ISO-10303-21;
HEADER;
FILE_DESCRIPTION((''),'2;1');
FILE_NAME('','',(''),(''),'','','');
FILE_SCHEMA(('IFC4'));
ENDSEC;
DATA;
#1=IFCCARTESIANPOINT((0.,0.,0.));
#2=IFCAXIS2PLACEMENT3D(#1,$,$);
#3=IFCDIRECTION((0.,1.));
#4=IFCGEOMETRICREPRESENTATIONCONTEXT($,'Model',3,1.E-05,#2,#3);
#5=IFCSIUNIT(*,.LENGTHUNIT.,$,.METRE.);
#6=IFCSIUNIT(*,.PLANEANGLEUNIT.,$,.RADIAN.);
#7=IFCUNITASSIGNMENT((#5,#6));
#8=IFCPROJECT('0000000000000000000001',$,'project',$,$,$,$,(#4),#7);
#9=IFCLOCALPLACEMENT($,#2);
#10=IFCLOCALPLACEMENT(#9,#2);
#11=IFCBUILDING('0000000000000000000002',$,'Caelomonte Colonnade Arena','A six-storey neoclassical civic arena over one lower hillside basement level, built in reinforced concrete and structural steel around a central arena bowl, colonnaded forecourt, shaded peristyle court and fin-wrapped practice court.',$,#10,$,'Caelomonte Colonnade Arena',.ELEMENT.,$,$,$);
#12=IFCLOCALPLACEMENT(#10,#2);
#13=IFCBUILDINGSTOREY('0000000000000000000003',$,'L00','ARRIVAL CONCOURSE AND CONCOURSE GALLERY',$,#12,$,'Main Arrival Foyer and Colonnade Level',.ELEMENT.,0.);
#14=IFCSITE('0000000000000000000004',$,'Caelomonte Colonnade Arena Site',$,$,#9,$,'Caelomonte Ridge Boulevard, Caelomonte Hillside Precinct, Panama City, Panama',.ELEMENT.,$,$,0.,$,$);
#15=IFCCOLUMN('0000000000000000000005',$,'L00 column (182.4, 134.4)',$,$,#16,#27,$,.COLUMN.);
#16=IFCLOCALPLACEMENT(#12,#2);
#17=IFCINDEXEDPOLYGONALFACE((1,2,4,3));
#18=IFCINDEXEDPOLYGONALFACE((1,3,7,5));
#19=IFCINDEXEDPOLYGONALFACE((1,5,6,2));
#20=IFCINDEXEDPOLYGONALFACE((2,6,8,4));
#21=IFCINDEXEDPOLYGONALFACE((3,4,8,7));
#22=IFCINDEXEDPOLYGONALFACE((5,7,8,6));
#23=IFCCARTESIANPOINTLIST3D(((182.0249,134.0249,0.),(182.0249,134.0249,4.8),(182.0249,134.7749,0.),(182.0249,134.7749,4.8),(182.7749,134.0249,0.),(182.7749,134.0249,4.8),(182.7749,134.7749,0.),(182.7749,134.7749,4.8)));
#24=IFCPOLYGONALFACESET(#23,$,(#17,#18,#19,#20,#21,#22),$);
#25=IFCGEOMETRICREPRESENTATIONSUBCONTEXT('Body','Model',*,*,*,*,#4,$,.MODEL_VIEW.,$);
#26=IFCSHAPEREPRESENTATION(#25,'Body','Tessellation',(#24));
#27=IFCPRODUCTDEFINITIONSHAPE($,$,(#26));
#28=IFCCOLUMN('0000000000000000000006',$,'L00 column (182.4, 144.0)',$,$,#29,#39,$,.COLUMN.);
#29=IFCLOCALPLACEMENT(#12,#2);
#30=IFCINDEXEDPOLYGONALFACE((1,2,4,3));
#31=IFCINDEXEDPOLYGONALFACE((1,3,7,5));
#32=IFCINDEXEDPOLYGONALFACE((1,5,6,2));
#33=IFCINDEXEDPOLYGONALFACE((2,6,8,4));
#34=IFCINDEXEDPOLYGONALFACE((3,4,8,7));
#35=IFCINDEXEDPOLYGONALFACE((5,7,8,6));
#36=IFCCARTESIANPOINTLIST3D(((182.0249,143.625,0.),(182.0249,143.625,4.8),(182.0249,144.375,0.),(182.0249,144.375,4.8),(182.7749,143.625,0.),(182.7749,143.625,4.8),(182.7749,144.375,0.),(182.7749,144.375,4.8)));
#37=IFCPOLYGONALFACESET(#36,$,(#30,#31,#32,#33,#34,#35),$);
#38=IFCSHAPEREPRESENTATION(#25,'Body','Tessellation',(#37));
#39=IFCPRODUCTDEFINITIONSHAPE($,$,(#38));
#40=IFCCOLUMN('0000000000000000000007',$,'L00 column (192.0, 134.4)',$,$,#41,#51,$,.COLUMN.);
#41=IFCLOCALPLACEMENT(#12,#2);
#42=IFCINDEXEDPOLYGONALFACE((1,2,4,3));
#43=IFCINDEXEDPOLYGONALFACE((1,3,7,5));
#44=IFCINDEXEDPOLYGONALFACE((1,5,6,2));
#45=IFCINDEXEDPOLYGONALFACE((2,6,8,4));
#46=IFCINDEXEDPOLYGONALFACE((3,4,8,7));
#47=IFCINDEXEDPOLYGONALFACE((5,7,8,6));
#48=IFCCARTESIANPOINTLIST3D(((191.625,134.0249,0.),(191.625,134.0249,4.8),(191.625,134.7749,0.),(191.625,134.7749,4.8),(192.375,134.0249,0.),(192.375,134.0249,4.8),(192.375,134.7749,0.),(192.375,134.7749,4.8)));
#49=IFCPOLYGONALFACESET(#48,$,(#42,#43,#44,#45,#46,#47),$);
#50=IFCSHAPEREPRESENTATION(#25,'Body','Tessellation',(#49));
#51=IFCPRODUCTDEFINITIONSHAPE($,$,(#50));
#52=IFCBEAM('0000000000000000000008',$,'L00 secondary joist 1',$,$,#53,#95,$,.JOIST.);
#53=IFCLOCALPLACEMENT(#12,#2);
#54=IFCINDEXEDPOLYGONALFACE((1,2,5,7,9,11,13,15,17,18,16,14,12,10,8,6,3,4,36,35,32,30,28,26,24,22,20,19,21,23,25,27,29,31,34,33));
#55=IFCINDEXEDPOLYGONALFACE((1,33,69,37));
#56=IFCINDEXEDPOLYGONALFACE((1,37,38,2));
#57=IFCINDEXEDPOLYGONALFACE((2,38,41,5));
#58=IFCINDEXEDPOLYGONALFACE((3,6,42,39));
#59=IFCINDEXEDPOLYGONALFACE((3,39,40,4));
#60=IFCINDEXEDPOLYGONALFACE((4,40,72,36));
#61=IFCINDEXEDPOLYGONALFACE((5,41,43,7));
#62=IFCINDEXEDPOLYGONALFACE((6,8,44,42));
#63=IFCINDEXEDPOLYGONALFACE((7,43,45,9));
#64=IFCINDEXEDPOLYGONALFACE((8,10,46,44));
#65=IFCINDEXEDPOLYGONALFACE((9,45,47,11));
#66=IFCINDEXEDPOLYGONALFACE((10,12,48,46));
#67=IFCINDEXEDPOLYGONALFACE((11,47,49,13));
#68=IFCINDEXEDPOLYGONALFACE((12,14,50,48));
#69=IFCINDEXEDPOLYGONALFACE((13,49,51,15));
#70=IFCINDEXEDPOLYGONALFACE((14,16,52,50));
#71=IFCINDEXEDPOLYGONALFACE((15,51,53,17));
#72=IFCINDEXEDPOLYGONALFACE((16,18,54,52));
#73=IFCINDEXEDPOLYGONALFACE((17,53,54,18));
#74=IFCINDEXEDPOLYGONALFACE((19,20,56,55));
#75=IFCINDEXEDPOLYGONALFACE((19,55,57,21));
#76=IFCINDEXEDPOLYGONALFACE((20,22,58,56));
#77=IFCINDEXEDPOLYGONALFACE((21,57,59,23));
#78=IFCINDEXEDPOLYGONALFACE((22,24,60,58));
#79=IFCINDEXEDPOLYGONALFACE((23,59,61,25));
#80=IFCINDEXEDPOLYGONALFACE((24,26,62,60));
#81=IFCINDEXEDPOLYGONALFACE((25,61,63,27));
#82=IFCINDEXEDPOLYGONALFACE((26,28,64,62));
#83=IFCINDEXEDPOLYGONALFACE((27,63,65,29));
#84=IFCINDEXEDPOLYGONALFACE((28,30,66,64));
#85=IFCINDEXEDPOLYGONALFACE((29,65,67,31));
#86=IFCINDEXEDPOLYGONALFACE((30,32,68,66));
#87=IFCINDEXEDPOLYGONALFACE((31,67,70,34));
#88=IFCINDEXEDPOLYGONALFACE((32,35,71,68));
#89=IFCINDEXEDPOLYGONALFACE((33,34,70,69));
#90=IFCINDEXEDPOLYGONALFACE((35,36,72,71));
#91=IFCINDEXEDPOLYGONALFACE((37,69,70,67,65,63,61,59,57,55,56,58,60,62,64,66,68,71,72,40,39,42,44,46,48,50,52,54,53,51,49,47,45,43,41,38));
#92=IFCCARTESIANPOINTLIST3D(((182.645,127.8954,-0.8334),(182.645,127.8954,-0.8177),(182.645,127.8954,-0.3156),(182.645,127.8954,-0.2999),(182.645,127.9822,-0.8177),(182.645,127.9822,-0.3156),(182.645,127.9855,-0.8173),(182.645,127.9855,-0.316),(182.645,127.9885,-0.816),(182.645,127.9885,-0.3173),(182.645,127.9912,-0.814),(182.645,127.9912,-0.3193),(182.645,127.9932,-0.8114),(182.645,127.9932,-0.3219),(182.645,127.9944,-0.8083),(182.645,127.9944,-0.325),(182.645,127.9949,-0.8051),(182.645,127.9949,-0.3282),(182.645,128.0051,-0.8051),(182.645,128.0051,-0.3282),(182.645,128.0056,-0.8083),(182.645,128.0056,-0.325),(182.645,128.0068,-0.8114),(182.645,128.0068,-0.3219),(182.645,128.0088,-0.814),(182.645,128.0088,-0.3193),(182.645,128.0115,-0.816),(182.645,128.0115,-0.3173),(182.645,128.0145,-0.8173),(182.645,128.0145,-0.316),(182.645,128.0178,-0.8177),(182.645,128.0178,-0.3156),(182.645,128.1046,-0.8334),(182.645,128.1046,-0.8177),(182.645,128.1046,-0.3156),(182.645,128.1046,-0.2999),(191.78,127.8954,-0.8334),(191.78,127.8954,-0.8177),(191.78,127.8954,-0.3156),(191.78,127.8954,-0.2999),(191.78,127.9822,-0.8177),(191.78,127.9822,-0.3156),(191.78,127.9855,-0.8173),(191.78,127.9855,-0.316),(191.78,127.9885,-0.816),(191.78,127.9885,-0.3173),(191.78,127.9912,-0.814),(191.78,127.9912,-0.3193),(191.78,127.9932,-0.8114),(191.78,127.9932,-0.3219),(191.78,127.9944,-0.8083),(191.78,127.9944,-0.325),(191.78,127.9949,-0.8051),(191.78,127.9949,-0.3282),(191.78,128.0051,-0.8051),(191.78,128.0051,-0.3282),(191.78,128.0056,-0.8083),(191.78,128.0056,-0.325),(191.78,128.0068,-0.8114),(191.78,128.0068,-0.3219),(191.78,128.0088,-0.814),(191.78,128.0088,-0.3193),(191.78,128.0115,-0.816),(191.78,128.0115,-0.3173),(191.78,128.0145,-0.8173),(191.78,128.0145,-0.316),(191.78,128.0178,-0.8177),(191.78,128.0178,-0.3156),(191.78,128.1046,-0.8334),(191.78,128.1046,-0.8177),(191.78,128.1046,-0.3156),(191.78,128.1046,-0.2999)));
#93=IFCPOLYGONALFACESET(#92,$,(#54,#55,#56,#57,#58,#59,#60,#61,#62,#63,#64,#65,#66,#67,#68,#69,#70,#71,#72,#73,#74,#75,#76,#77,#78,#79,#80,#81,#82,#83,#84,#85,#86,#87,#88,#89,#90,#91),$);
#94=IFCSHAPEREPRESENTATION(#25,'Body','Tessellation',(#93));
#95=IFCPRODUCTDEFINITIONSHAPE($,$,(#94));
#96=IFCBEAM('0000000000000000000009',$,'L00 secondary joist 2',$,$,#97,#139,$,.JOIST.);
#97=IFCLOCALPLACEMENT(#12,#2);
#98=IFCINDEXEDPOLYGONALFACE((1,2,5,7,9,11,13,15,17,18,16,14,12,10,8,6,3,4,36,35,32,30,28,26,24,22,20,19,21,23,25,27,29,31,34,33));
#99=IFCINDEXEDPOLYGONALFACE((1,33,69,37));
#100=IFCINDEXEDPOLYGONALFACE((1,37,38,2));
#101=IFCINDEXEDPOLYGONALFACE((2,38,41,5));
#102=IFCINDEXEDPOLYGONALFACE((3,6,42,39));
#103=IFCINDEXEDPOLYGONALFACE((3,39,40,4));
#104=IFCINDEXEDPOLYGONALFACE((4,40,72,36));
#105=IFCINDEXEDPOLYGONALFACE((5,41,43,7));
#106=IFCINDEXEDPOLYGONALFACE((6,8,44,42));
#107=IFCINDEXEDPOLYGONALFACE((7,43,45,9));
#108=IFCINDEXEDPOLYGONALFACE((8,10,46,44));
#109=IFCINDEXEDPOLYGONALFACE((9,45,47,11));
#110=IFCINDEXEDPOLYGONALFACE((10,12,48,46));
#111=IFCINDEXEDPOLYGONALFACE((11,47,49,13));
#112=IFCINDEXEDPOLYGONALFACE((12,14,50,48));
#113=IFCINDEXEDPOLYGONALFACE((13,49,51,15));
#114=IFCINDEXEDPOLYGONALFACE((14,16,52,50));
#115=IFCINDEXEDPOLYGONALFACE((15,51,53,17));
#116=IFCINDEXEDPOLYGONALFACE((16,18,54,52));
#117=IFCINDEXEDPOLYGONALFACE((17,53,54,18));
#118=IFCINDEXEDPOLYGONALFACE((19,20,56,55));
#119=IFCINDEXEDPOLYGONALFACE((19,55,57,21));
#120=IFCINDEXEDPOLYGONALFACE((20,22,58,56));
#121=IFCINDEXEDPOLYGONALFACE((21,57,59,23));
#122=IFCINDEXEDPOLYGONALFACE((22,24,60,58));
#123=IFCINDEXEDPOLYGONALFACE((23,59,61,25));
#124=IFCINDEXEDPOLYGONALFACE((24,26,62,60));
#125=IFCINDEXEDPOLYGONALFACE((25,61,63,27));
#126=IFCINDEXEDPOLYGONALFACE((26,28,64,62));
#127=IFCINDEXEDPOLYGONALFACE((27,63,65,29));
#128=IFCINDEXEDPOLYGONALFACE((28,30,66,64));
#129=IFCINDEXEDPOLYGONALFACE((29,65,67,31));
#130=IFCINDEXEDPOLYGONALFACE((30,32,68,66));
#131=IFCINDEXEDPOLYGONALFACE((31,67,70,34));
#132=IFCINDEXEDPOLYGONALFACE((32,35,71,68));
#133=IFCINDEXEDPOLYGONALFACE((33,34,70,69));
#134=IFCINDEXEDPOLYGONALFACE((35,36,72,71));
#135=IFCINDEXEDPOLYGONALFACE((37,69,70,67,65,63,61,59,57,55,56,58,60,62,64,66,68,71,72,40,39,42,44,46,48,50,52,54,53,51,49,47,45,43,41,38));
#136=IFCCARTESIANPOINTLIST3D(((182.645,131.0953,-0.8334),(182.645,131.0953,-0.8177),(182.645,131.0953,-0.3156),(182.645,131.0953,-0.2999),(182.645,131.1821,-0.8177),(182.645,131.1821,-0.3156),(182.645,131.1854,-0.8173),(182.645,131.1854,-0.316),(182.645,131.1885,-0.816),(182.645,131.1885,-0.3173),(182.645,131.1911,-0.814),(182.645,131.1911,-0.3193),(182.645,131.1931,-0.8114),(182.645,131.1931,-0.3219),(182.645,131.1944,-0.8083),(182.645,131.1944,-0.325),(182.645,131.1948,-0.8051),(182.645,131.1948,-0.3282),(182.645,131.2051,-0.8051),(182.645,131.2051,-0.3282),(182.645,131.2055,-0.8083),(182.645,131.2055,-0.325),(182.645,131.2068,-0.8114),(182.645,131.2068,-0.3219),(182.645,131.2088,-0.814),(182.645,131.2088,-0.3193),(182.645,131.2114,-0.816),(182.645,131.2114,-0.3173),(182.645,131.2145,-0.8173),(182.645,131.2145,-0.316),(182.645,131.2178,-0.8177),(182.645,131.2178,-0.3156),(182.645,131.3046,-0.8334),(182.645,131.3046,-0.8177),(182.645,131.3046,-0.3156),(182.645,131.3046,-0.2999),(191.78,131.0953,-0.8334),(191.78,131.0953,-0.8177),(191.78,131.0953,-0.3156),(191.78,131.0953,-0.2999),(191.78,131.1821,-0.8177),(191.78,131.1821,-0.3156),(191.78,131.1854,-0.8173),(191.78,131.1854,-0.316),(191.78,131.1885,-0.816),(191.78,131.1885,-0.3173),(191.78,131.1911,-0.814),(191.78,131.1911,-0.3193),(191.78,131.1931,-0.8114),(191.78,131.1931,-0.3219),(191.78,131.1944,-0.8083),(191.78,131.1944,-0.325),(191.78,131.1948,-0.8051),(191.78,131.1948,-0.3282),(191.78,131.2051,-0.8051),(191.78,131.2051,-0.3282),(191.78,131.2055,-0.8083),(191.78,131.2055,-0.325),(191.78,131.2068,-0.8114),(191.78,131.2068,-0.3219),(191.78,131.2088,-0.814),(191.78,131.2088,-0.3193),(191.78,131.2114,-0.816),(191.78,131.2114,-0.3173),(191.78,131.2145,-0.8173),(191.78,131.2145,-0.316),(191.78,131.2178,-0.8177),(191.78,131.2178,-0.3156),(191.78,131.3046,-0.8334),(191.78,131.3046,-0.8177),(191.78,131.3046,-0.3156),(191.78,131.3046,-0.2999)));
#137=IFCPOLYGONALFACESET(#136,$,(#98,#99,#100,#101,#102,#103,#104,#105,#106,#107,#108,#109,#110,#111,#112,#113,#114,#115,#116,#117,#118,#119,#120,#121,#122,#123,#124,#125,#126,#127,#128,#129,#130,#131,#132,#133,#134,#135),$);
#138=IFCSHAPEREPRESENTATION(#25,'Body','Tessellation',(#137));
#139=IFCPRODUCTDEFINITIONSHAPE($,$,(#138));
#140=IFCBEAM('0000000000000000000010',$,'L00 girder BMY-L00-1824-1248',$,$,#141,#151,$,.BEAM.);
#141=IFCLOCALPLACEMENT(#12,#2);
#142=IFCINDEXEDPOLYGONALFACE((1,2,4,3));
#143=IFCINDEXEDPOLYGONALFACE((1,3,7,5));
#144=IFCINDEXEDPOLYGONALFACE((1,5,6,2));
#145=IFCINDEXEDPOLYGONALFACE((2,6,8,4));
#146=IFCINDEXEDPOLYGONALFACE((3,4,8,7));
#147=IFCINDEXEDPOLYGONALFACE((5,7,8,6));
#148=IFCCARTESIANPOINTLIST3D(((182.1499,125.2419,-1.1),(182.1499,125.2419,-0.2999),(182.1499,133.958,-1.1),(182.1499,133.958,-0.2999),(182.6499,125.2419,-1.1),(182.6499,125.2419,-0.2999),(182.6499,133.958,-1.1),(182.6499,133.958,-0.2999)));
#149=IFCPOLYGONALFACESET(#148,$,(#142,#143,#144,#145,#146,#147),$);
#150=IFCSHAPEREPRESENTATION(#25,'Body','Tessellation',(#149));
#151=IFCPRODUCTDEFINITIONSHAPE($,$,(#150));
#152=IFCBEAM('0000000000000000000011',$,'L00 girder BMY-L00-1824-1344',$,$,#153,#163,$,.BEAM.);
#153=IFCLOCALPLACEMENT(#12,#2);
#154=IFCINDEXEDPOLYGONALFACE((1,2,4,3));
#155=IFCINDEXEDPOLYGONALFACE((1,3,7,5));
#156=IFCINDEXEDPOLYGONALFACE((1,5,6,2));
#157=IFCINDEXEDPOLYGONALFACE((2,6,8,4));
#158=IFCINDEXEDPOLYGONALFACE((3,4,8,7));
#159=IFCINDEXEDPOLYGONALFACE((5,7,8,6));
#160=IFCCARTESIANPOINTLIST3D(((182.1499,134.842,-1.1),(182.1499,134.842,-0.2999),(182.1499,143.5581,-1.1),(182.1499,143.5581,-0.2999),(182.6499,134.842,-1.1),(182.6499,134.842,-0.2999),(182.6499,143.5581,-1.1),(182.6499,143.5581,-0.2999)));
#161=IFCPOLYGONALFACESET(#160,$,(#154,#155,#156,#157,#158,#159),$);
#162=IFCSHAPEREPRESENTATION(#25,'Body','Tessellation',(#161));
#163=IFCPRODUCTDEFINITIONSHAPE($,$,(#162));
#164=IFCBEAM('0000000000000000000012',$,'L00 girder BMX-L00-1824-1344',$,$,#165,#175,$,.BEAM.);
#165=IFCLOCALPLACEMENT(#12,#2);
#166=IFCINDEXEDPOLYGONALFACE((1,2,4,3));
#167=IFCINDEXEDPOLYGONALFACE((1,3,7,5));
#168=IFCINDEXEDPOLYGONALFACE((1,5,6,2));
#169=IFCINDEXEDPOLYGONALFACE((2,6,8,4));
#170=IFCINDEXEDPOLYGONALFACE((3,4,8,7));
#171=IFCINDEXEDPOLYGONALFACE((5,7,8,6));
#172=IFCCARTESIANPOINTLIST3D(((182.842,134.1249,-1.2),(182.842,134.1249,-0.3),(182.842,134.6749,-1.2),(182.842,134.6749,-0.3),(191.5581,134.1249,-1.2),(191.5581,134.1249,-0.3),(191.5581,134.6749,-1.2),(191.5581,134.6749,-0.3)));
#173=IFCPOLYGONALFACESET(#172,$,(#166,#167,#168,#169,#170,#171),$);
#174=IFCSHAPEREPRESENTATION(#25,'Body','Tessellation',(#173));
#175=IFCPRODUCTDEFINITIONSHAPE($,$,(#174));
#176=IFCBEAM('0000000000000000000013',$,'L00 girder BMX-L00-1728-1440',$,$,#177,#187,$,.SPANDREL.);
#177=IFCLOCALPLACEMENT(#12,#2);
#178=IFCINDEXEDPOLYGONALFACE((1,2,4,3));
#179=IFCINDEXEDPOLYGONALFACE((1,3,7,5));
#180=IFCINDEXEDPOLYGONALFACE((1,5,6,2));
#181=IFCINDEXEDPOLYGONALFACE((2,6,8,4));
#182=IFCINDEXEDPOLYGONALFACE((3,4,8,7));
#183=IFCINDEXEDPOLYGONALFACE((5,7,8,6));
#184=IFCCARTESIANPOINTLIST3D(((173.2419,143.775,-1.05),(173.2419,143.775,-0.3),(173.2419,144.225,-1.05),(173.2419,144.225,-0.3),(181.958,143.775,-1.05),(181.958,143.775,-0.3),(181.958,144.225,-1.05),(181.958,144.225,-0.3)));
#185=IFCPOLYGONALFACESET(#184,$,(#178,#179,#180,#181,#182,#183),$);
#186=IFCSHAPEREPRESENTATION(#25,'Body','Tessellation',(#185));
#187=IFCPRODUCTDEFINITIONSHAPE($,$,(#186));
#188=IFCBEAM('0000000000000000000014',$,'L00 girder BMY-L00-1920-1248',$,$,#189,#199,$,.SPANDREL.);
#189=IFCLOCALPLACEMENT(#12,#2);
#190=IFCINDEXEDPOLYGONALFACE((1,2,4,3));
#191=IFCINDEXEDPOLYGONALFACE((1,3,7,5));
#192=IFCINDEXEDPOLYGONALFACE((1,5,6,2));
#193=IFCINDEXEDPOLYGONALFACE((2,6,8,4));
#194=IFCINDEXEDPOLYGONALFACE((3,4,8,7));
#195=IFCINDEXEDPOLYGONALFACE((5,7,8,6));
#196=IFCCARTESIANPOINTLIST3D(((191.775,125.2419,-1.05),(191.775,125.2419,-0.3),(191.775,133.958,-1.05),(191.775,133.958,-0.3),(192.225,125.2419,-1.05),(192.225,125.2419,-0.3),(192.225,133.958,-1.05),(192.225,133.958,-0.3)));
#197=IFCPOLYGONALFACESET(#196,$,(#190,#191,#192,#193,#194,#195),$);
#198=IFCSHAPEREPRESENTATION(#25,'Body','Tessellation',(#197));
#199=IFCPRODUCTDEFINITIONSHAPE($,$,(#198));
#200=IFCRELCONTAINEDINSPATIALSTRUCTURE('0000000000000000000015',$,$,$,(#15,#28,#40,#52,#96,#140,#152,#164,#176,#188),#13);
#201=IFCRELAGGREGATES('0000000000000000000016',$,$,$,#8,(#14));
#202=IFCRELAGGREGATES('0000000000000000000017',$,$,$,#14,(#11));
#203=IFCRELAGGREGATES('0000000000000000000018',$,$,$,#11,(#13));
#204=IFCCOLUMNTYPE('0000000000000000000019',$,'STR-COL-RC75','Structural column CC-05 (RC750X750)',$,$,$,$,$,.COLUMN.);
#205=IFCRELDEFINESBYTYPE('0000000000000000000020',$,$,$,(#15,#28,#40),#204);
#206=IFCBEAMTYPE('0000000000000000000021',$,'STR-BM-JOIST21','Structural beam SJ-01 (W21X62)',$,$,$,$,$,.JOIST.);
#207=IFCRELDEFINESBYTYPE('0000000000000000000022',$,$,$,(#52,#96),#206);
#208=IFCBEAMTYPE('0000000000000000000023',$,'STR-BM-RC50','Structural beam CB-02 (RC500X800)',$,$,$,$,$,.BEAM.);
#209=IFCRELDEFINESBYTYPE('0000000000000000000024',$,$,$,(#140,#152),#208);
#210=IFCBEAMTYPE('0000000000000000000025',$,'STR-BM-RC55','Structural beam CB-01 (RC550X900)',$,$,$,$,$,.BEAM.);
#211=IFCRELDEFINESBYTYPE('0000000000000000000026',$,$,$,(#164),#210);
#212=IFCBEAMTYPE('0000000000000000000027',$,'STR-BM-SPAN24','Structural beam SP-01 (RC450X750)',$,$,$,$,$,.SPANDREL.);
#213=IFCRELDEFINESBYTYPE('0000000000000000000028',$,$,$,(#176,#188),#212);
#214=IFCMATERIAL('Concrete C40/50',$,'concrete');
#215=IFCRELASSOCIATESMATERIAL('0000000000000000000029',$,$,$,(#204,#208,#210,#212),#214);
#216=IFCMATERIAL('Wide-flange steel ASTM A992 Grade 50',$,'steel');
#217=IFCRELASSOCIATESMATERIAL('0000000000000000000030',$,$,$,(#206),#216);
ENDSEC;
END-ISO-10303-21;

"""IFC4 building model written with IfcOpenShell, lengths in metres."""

from ifc_helpers import new_model, si_unit, direction, frame, origin, origin_2d, place, context, subcontext, project, spatial, rectangle, i_section, extrude, material, material_profile, profile_set, type_object, element, save


model = new_model("IFC4")

# Units and contexts
model_context = context("Model", 3, precision=1e-05, world=origin(), true_north=direction((0.0, 1.0)))
body_context = subcontext(model_context, "Body", "Model", "MODEL_VIEW")
ifc_project = project(units=[si_unit("LENGTHUNIT", "METRE"), si_unit("PLANEANGLEUNIT", "RADIAN")], contexts=[model_context])

# Site, building, storey
site_placement = place(None, origin())
site = spatial("IfcSite", under=ifc_project, at=site_placement, Name="Caelomonte Colonnade Arena Site", LongName="Caelomonte Ridge Boulevard, Caelomonte Hillside Precinct, Panama City, Panama", CompositionType="ELEMENT", RefElevation=0.0)
building_placement = place(site_placement, origin())
building = spatial("IfcBuilding", under=site, at=building_placement, Name="Caelomonte Colonnade Arena", Description="A six-storey neoclassical civic arena over one lower hillside basement level, built in reinforced concrete and structural steel around a central arena bowl, colonnaded forecourt, shaded peristyle court and fin-wrapped practice court.", LongName="Caelomonte Colonnade Arena", CompositionType="ELEMENT")
storey_placement = place(building_placement, origin())
storey = spatial("IfcBuildingStorey", under=building, at=storey_placement, Name="L00", Description="ARRIVAL CONCOURSE AND CONCOURSE GALLERY", LongName="Main Arrival Foyer and Colonnade Level", CompositionType="ELEMENT", Elevation=0.0)

# Columns
ifc_material_1 = material(Name="Concrete C40/50", Category="concrete")
ifc_material_profile_1 = material_profile(ifc_material_1, rectangle(XDim=0.75, YDim=0.75, at=origin_2d()), Name="RC750X750")
ifc_profile_set_1 = profile_set([ifc_material_profile_1], Name="Concrete C40/50")
column_type = type_object("IfcColumnType", Name="STR-COL-RC75", Description="Structural column CC-05 (RC750X750)", PredefinedType="COLUMN", material=ifc_profile_set_1)
for number, where, z_axis, x_axis, name in (
    (1, (182.3999, 134.3999, 0.0), (0.0, 0.0, 1.0), (1.0, 0.0, 0.0), "L00 column (182.4, 134.4)"),
    (2, (182.3999, 144.0, 0.0), (0.0, 0.0, 1.0), (1.0, 0.0, 0.0), "L00 column (182.4, 144.0)"),
    (3, (192.0, 134.3999, 0.0), (0.0, 0.0, 1.0), (1.0, 0.0, 0.0), "L00 column (192.0, 134.4)"),
):
    element("IfcColumn", number, at=place(storey_placement, frame(where, z_axis=z_axis, x_axis=x_axis)), inside=storey, type_object=column_type, Name=name, PredefinedType="COLUMN", context=body_context, shape_type="SweptSolid", body=[
        extrude(rectangle(XDim=0.75, YDim=0.75, at=origin_2d()), origin(), (0.0, 0.0, 1.0), 4.8),
    ])

# Beams
ifc_material_2 = material(Name="Wide-flange steel ASTM A992 Grade 50", Category="steel")
ifc_material_profile_2 = material_profile(ifc_material_2, i_section(OverallWidth=0.2092, OverallDepth=0.5334, WebThickness=0.0103, FlangeThickness=0.0156, FilletRadius=0.0127, at=origin_2d()), Name="W21X62")
ifc_profile_set_2 = profile_set([ifc_material_profile_2], Name="Wide-flange steel ASTM A992 Grade 50")
beam_type_1 = type_object("IfcBeamType", Name="STR-BM-JOIST21", Description="Structural beam SJ-01 (W21X62)", PredefinedType="JOIST", material=ifc_profile_set_2)
for number, where, z_axis, x_axis, name in (
    (4, (182.645, 128.0, -0.5667), (1.0, 0.0, 0.0), (0.0, 1.0, 0.0), "L00 secondary joist 1"),
    (5, (182.645, 131.2, -0.5667), (1.0, 0.0, 0.0), (0.0, 1.0, 0.0), "L00 secondary joist 2"),
):
    element("IfcBeam", number, at=place(storey_placement, frame(where, z_axis=z_axis, x_axis=x_axis)), inside=storey, type_object=beam_type_1, Name=name, PredefinedType="JOIST", context=body_context, shape_type="SweptSolid", body=[
        extrude(i_section(OverallWidth=0.2092, OverallDepth=0.5334, WebThickness=0.0103, FlangeThickness=0.0156, FilletRadius=0.0127, at=origin_2d()), origin(), (0.0, 0.0, 1.0), 9.135),
    ])
ifc_material_profile_3 = material_profile(ifc_material_1, rectangle(XDim=0.5, YDim=0.8, at=origin_2d()), Name="RC500X800")
ifc_profile_set_3 = profile_set([ifc_material_profile_3], Name="Concrete C40/50")
beam_type_2 = type_object("IfcBeamType", Name="STR-BM-RC50", Description="Structural beam CB-02 (RC500X800)", PredefinedType="BEAM", material=ifc_profile_set_3)
for number, where, z_axis, x_axis, name in (
    (6, (182.3999, 125.2419, -0.7), (0.0, 1.0, 0.0), (-1.0, 0.0, 0.0), "L00 girder BMY-L00-1824-1248"),
    (7, (182.3999, 134.842, -0.7), (0.0, 1.0, 0.0), (-1.0, 0.0, 0.0), "L00 girder BMY-L00-1824-1344"),
):
    element("IfcBeam", number, at=place(storey_placement, frame(where, z_axis=z_axis, x_axis=x_axis)), inside=storey, type_object=beam_type_2, Name=name, PredefinedType="BEAM", context=body_context, shape_type="SweptSolid", body=[
        extrude(rectangle(XDim=0.5, YDim=0.8, at=origin_2d()), origin(), (0.0, 0.0, 1.0), 8.7161),
    ])
ifc_material_profile_4 = material_profile(ifc_material_1, rectangle(XDim=0.55, YDim=0.8999, at=origin_2d()), Name="RC550X900")
ifc_profile_set_4 = profile_set([ifc_material_profile_4], Name="Concrete C40/50")
beam_type_3 = type_object("IfcBeamType", Name="STR-BM-RC55", Description="Structural beam CB-01 (RC550X900)", PredefinedType="BEAM", material=ifc_profile_set_4)
beam_placement = place(storey_placement, frame((182.842, 134.3999, -0.75), z_axis=(1.0, 0.0, 0.0), x_axis=(0.0, 1.0, 0.0)))
element("IfcBeam", 8, at=beam_placement, inside=storey, type_object=beam_type_3, Name="L00 girder BMX-L00-1824-1344", PredefinedType="BEAM", context=body_context, shape_type="SweptSolid", body=[
    extrude(rectangle(XDim=0.55, YDim=0.8999, at=origin_2d()), origin(), (0.0, 0.0, 1.0), 8.7161),
])
ifc_material_profile_5 = material_profile(ifc_material_1, rectangle(XDim=0.45, YDim=0.75, at=origin_2d()), Name="RC450X750")
ifc_profile_set_5 = profile_set([ifc_material_profile_5], Name="Concrete C40/50")
beam_type_4 = type_object("IfcBeamType", Name="STR-BM-SPAN24", Description="Structural beam SP-01 (RC450X750)", PredefinedType="SPANDREL", material=ifc_profile_set_5)
for number, where, z_axis, x_axis, name in (
    (9, (173.2419, 144.0, -0.675), (1.0, 0.0, 0.0), (0.0, 1.0, 0.0), "L00 girder BMX-L00-1728-1440"),
    (10, (192.0, 125.2419, -0.675), (0.0, 1.0, 0.0), (-1.0, 0.0, 0.0), "L00 girder BMY-L00-1920-1248"),
):
    element("IfcBeam", number, at=place(storey_placement, frame(where, z_axis=z_axis, x_axis=x_axis)), inside=storey, type_object=beam_type_4, Name=name, PredefinedType="SPANDREL", context=body_context, shape_type="SweptSolid", body=[
        extrude(rectangle(XDim=0.45, YDim=0.75, at=origin_2d()), origin(), (0.0, 0.0, 1.0), 8.7161),
    ])

save(model, "model.ifc")
